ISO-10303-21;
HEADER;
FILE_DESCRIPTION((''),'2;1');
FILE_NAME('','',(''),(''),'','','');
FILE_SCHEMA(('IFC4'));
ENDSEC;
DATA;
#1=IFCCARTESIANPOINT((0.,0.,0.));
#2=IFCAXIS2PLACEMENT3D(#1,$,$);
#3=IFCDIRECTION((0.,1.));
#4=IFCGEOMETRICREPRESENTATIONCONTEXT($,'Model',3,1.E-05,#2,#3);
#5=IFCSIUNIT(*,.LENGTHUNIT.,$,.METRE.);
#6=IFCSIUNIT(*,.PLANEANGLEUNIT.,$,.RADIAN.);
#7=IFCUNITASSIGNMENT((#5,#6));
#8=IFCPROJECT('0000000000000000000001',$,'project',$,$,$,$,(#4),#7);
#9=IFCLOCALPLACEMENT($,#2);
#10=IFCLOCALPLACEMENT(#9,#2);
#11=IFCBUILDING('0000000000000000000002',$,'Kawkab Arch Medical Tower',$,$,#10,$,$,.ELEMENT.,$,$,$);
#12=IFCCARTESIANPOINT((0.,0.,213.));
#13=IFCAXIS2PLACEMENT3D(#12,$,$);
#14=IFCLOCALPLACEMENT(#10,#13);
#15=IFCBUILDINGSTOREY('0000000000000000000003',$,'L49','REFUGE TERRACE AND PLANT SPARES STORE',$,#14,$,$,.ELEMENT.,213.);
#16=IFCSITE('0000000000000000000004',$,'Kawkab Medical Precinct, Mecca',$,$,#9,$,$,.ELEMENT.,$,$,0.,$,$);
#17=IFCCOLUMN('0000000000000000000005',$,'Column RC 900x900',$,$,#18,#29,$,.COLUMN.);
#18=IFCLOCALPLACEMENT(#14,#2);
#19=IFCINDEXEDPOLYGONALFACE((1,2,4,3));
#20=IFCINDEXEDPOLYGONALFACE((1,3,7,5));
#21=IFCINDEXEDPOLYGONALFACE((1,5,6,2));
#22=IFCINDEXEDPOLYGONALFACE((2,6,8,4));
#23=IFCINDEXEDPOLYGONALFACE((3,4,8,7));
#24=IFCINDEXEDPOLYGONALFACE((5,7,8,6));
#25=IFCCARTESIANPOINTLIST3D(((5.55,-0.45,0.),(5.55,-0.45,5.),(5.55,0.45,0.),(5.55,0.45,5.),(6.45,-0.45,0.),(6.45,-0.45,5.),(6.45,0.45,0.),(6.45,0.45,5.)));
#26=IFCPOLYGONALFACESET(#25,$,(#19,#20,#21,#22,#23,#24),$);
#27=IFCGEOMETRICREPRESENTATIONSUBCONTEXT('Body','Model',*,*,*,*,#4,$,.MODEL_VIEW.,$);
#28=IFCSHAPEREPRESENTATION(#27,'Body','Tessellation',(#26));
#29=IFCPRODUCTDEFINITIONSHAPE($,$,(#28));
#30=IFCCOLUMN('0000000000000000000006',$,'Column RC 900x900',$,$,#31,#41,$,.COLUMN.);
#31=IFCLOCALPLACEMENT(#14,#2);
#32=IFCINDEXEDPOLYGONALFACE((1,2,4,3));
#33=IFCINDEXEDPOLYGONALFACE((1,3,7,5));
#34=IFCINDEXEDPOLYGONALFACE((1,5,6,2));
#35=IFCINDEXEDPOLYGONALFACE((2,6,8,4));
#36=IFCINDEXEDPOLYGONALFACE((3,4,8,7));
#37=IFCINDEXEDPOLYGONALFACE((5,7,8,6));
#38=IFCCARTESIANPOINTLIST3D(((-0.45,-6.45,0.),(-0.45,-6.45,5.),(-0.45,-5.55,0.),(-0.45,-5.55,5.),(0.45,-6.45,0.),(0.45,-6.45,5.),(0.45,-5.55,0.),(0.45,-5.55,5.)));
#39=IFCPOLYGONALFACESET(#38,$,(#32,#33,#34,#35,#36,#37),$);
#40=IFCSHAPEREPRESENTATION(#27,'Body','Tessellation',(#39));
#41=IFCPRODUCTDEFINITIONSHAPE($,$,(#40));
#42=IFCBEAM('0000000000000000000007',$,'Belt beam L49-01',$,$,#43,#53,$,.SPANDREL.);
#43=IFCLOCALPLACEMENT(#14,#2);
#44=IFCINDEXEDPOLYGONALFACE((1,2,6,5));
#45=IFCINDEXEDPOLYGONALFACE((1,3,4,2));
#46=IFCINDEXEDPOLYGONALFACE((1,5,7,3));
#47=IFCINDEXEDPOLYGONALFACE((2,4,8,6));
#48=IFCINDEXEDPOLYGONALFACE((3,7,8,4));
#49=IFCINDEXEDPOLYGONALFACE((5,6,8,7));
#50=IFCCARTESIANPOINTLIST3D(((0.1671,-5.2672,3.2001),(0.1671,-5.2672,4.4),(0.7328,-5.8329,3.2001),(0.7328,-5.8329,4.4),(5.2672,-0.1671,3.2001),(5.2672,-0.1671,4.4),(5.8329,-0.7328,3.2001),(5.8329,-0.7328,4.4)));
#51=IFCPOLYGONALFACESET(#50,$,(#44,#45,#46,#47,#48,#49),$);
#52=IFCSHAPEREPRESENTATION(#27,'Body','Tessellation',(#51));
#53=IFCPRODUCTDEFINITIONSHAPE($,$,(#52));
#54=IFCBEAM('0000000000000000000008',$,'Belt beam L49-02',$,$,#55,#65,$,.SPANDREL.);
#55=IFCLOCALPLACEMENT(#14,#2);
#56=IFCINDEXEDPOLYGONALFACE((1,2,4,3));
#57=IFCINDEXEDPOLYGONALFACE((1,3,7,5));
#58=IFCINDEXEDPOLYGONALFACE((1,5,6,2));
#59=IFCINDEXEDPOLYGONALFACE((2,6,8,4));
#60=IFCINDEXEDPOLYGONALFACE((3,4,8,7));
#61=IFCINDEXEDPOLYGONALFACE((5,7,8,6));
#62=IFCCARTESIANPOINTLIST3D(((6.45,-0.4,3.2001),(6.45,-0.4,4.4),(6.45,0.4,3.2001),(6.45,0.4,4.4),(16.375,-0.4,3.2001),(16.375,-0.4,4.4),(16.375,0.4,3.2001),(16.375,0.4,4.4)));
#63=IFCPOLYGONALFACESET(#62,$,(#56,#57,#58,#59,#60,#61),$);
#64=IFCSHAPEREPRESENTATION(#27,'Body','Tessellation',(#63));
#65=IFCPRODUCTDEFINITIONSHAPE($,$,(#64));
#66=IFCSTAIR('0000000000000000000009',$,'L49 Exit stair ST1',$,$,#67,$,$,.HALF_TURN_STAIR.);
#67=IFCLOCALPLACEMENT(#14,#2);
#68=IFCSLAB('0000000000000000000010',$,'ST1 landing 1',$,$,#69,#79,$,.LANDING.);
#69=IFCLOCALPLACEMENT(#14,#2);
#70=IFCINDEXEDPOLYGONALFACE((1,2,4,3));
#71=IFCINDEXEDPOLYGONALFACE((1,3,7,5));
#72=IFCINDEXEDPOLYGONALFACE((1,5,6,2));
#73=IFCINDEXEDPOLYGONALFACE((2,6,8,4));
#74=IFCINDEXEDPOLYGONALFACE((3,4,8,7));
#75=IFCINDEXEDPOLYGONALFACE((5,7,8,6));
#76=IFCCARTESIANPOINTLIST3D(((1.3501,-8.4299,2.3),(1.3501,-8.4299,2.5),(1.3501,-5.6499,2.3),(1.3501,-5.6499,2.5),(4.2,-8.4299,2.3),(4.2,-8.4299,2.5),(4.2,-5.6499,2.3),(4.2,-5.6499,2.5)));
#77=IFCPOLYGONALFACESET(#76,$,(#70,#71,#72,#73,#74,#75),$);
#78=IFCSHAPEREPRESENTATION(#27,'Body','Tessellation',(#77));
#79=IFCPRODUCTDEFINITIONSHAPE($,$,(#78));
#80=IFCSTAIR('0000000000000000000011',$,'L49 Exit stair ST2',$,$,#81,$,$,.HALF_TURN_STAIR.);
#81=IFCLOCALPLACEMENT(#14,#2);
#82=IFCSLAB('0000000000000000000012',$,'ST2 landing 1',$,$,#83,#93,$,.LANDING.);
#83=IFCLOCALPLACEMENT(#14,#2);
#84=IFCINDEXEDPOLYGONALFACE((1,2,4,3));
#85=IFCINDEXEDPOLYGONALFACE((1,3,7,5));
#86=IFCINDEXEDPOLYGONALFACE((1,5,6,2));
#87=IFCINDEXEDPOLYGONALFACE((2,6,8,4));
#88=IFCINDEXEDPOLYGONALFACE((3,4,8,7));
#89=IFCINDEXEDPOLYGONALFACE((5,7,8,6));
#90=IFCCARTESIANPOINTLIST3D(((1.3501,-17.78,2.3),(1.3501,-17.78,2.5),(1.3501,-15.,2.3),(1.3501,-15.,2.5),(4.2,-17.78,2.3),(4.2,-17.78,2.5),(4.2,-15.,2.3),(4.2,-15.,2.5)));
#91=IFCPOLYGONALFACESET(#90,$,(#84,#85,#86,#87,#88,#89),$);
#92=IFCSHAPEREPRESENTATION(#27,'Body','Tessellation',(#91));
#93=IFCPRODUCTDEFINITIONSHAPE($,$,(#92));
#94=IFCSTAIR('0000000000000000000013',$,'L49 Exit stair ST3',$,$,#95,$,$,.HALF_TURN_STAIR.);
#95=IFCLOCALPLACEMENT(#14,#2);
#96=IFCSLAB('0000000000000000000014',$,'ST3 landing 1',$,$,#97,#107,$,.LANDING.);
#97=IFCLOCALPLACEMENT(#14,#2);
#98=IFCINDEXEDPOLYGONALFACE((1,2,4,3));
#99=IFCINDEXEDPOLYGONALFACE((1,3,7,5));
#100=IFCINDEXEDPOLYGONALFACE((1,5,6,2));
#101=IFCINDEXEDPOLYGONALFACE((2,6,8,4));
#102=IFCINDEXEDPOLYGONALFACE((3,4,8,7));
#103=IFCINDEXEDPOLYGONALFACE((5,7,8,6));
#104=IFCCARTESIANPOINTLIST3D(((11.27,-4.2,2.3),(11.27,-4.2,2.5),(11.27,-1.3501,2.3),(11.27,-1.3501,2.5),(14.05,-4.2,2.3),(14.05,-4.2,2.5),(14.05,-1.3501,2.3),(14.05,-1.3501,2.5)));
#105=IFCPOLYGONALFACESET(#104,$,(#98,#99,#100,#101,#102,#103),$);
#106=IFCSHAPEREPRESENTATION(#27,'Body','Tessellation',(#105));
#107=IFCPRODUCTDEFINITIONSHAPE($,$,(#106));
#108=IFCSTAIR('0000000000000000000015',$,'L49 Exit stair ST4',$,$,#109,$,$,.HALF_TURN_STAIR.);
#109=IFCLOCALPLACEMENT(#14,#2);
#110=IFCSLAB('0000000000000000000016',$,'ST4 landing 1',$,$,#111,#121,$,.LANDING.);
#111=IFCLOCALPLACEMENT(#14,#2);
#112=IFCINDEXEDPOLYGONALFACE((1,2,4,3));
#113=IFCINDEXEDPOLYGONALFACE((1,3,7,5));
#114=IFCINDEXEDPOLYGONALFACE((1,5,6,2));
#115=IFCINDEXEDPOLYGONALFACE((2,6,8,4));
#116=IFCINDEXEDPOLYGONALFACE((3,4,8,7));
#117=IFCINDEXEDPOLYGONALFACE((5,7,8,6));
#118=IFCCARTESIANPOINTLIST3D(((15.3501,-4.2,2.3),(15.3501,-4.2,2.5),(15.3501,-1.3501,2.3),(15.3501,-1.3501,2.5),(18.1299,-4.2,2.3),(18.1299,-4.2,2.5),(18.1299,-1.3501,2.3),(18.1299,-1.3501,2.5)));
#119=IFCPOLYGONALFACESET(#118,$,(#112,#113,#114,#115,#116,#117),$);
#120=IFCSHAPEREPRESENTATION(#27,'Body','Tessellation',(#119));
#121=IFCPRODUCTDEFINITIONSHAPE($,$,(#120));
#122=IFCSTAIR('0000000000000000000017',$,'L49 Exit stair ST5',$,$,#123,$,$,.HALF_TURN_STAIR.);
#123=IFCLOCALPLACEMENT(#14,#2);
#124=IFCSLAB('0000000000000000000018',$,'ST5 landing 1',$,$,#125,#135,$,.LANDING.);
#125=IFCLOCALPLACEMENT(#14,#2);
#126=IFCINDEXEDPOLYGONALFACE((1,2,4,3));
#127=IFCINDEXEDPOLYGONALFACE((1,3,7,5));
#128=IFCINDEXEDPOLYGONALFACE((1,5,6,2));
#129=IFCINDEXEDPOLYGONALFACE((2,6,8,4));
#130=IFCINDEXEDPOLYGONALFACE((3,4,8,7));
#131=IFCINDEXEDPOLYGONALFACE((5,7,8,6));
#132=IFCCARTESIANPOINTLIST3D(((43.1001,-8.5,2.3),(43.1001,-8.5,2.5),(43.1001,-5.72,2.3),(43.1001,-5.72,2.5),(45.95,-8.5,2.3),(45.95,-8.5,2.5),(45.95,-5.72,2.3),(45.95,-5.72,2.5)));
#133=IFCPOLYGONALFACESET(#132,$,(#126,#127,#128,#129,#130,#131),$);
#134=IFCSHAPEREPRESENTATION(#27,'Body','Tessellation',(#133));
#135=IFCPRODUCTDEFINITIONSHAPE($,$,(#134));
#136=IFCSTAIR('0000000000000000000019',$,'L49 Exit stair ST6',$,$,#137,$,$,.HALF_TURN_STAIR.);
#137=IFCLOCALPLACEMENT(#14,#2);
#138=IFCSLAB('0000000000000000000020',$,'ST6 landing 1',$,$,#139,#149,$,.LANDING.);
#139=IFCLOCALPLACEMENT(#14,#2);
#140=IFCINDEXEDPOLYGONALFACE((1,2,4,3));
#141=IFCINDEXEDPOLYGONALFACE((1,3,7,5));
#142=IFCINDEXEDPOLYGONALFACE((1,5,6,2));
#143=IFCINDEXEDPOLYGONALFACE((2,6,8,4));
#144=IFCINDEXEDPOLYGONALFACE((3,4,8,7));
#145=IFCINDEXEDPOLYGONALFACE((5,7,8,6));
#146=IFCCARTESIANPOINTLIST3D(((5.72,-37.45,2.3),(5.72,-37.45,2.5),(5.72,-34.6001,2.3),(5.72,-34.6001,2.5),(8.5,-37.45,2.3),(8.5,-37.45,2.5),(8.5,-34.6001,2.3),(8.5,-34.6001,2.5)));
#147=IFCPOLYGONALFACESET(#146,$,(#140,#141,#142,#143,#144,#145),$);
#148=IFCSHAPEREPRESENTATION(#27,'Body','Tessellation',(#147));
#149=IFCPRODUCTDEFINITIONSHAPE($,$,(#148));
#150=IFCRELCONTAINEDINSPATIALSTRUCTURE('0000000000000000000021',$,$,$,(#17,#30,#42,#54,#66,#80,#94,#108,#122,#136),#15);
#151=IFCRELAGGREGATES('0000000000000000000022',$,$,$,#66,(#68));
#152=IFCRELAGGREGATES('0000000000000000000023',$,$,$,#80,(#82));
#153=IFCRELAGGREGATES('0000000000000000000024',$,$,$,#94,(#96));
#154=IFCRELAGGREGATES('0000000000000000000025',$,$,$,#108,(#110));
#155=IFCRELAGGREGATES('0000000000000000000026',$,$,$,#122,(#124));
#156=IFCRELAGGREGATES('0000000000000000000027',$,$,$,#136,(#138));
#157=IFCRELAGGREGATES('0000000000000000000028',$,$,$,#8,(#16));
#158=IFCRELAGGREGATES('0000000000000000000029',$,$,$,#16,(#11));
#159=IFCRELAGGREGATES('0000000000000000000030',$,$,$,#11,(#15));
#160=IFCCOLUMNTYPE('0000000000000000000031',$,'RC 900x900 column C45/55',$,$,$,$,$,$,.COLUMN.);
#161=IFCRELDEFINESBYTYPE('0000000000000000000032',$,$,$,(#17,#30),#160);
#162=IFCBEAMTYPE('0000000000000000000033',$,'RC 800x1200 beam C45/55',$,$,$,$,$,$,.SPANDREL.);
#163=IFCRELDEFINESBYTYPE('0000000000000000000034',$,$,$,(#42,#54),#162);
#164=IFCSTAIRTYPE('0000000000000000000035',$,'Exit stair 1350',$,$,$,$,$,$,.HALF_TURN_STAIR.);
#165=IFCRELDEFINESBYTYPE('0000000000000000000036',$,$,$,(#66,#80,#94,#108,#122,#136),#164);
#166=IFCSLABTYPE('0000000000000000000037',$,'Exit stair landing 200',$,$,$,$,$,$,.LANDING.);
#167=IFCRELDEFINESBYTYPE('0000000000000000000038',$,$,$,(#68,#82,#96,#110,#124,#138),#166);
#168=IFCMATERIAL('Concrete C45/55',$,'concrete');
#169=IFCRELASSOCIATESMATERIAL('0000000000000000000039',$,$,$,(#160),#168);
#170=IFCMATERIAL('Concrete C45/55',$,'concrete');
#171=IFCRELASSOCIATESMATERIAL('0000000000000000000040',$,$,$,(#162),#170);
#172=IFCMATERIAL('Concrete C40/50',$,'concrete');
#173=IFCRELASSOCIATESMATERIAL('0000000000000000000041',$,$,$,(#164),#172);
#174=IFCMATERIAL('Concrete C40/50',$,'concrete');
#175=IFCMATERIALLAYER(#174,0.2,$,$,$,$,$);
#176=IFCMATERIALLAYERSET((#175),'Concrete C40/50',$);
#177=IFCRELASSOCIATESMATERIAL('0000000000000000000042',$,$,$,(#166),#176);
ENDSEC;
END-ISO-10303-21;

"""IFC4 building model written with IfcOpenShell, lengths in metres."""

from ifc_helpers import new_model, si_unit, direction, frame, origin, origin_2d, place, context, subcontext, project, spatial, polyline, rectangle, outline, extrude, material, layer, layer_set, material_profile, profile_set, type_object, element, aggregate, save


model = new_model("IFC4")

# Units and contexts
model_context = context("Model", 3, precision=1e-05, world=origin(), true_north=direction((0.0, 1.0)))
body_context = subcontext(model_context, "Body", "Model", "MODEL_VIEW")
ifc_project = project(units=[si_unit("LENGTHUNIT", "METRE"), si_unit("PLANEANGLEUNIT", "RADIAN")], contexts=[model_context])

# Site, building, storey
site_placement = place(None, origin())
site = spatial("IfcSite", under=ifc_project, at=site_placement, Name="Kawkab Medical Precinct, Mecca", CompositionType="ELEMENT", RefElevation=0.0)
building_placement = place(site_placement, origin())
building = spatial("IfcBuilding", under=site, at=building_placement, Name="Kawkab Arch Medical Tower", CompositionType="ELEMENT")
storey_placement = place(building_placement, frame((0.0, 0.0, 213.0)))
storey = spatial("IfcBuildingStorey", under=building, at=storey_placement, Name="L49", Description="REFUGE TERRACE AND PLANT SPARES STORE", CompositionType="ELEMENT", Elevation=213.0)

# Columns
ifc_material_1 = material(Name="Concrete C45/55", Category="concrete")
ifc_material_profile_1 = material_profile(ifc_material_1, rectangle(XDim=0.8999, YDim=0.8999, at=origin_2d()), Name="RC 900x900")
ifc_profile_set_1 = profile_set([ifc_material_profile_1], Name="Concrete C45/55")
column_type = type_object("IfcColumnType", Name="RC 900x900 column C45/55", PredefinedType="COLUMN", material=ifc_profile_set_1)
for number, where, z_axis, x_axis, name in (
    (1, (6.0, 0.0, 0.0), (0.0, 0.0, 1.0), (1.0, 0.0, 0.0), "Column RC 900x900"),
    (2, (0.0, -6.0, 0.0), (0.0, 0.0, 1.0), (1.0, 0.0, 0.0), "Column RC 900x900"),
):
    element("IfcColumn", number, at=place(storey_placement, frame(where, z_axis=z_axis, x_axis=x_axis)), inside=storey, type_object=column_type, Name=name, PredefinedType="COLUMN", context=body_context, shape_type="SweptSolid", body=[
        extrude(rectangle(XDim=0.8999, YDim=0.8999, at=origin_2d()), origin(), (0.0, 0.0, 1.0), 5.0),
    ])

# Beams
ifc_material_2 = material(Name="Concrete C45/55", Category="concrete")
ifc_material_profile_2 = material_profile(ifc_material_2, rectangle(XDim=0.8, YDim=1.2, at=origin_2d()), Name="RC 800x1200")
ifc_profile_set_2 = profile_set([ifc_material_profile_2], Name="Concrete C45/55")
beam_type = type_object("IfcBeamType", Name="RC 800x1200 beam C45/55", PredefinedType="SPANDREL", material=ifc_profile_set_2)
beam_1_placement = place(storey_placement, frame((0.45, -5.55, 3.8), z_axis=(0.707107, 0.707107, 0.0), x_axis=(-0.707107, 0.707107, 0.0)))
element("IfcBeam", 3, at=beam_1_placement, inside=storey, type_object=beam_type, Name="Belt beam L49-01", PredefinedType="SPANDREL", context=body_context, shape_type="SweptSolid", body=[
    extrude(rectangle(XDim=0.8, YDim=1.2, at=origin_2d()), origin(), (0.0, 0.0, 1.0), 7.2126),
])
beam_2_placement = place(storey_placement, frame((6.45, 0.0, 3.8), z_axis=(1.0, 0.0, 0.0), x_axis=(0.0, 1.0, 0.0)))
element("IfcBeam", 4, at=beam_2_placement, inside=storey, type_object=beam_type, Name="Belt beam L49-02", PredefinedType="SPANDREL", context=body_context, shape_type="SweptSolid", body=[
    extrude(rectangle(XDim=0.8, YDim=1.2, at=origin_2d()), origin(), (0.0, 0.0, 1.0), 9.925),
])

# Stairs, slabs
ifc_material_3 = material(Name="Concrete C40/50", Category="concrete")
stair_type = type_object("IfcStairType", Name="Exit stair 1350", PredefinedType="HALF_TURN_STAIR", material=ifc_material_3)
placement_1 = place(storey_placement, origin())
stair_1 = element("IfcStair", 5, at=placement_1, inside=storey, type_object=stair_type, Name="L49 Exit stair ST1", PredefinedType="HALF_TURN_STAIR")
ifc_material_4 = material(Name="Concrete C40/50", Category="concrete")
ifc_layer_1 = layer(ifc_material_4, 0.2)
ifc_layer_set_1 = layer_set([ifc_layer_1], Name="Concrete C40/50")
slab_type_1 = type_object("IfcSlabType", Name="Exit stair landing 200", PredefinedType="LANDING", material=ifc_layer_set_1)
placement_2 = place(storey_placement, frame((0.0, 0.0, 2.3)))
slab_1 = element("IfcSlab", 6, at=placement_2, type_object=slab_type_1, Name="ST1 landing 1", PredefinedType="LANDING", context=body_context, shape_type="SweptSolid", body=[
    extrude(outline(polyline([(4.2, -8.4299), (4.2, -5.6499), (1.3501, -5.6499), (1.3501, -8.4299), (4.2, -8.4299)])), origin(), (0.0, 0.0, 1.0), 0.2),
])
aggregate(stair_1, [slab_1])
stair_2 = element("IfcStair", 7, at=placement_1, inside=storey, type_object=stair_type, Name="L49 Exit stair ST2", PredefinedType="HALF_TURN_STAIR")
slab_2 = element("IfcSlab", 8, at=placement_2, type_object=slab_type_1, Name="ST2 landing 1", PredefinedType="LANDING", context=body_context, shape_type="SweptSolid", body=[
    extrude(outline(polyline([(4.2, -17.78), (4.2, -15.0), (1.3501, -15.0), (1.3501, -17.78), (4.2, -17.78)])), origin(), (0.0, 0.0, 1.0), 0.2),
])
aggregate(stair_2, [slab_2])
stair_3 = element("IfcStair", 9, at=placement_1, inside=storey, type_object=stair_type, Name="L49 Exit stair ST3", PredefinedType="HALF_TURN_STAIR")
slab_3 = element("IfcSlab", 10, at=placement_2, type_object=slab_type_1, Name="ST3 landing 1", PredefinedType="LANDING", context=body_context, shape_type="SweptSolid", body=[
    extrude(outline(polyline([(11.27, -4.2), (14.05, -4.2), (14.05, -1.3501), (11.27, -1.3501), (11.27, -4.2)])), origin(), (0.0, 0.0, 1.0), 0.2),
])
aggregate(stair_3, [slab_3])
stair_4 = element("IfcStair", 11, at=placement_1, inside=storey, type_object=stair_type, Name="L49 Exit stair ST4", PredefinedType="HALF_TURN_STAIR")
slab_4 = element("IfcSlab", 12, at=placement_2, type_object=slab_type_1, Name="ST4 landing 1", PredefinedType="LANDING", context=body_context, shape_type="SweptSolid", body=[
    extrude(outline(polyline([(18.1299, -1.3501), (15.3501, -1.3501), (15.3501, -4.2), (18.1299, -4.2), (18.1299, -1.3501)])), origin(), (0.0, 0.0, 1.0), 0.2),
])
aggregate(stair_4, [slab_4])
stair_5 = element("IfcStair", 13, at=placement_1, inside=storey, type_object=stair_type, Name="L49 Exit stair ST5", PredefinedType="HALF_TURN_STAIR")
slab_5 = element("IfcSlab", 14, at=placement_2, type_object=slab_type_1, Name="ST5 landing 1", PredefinedType="LANDING", context=body_context, shape_type="SweptSolid", body=[
    extrude(outline(polyline([(43.1001, -5.72), (43.1001, -8.5), (45.95, -8.5), (45.95, -5.72), (43.1001, -5.72)])), origin(), (0.0, 0.0, 1.0), 0.2),
])
aggregate(stair_5, [slab_5])
stair_6 = element("IfcStair", 15, at=placement_1, inside=storey, type_object=stair_type, Name="L49 Exit stair ST6", PredefinedType="HALF_TURN_STAIR")
slab_6 = element("IfcSlab", 16, at=placement_2, type_object=slab_type_1, Name="ST6 landing 1", PredefinedType="LANDING", context=body_context, shape_type="SweptSolid", body=[
    extrude(outline(polyline([(5.72, -37.45), (8.5, -37.45), (8.5, -34.6001), (5.72, -34.6001), (5.72, -37.45)])), origin(), (0.0, 0.0, 1.0), 0.2),
])
aggregate(stair_6, [slab_6])

save(model, "model.ifc")
